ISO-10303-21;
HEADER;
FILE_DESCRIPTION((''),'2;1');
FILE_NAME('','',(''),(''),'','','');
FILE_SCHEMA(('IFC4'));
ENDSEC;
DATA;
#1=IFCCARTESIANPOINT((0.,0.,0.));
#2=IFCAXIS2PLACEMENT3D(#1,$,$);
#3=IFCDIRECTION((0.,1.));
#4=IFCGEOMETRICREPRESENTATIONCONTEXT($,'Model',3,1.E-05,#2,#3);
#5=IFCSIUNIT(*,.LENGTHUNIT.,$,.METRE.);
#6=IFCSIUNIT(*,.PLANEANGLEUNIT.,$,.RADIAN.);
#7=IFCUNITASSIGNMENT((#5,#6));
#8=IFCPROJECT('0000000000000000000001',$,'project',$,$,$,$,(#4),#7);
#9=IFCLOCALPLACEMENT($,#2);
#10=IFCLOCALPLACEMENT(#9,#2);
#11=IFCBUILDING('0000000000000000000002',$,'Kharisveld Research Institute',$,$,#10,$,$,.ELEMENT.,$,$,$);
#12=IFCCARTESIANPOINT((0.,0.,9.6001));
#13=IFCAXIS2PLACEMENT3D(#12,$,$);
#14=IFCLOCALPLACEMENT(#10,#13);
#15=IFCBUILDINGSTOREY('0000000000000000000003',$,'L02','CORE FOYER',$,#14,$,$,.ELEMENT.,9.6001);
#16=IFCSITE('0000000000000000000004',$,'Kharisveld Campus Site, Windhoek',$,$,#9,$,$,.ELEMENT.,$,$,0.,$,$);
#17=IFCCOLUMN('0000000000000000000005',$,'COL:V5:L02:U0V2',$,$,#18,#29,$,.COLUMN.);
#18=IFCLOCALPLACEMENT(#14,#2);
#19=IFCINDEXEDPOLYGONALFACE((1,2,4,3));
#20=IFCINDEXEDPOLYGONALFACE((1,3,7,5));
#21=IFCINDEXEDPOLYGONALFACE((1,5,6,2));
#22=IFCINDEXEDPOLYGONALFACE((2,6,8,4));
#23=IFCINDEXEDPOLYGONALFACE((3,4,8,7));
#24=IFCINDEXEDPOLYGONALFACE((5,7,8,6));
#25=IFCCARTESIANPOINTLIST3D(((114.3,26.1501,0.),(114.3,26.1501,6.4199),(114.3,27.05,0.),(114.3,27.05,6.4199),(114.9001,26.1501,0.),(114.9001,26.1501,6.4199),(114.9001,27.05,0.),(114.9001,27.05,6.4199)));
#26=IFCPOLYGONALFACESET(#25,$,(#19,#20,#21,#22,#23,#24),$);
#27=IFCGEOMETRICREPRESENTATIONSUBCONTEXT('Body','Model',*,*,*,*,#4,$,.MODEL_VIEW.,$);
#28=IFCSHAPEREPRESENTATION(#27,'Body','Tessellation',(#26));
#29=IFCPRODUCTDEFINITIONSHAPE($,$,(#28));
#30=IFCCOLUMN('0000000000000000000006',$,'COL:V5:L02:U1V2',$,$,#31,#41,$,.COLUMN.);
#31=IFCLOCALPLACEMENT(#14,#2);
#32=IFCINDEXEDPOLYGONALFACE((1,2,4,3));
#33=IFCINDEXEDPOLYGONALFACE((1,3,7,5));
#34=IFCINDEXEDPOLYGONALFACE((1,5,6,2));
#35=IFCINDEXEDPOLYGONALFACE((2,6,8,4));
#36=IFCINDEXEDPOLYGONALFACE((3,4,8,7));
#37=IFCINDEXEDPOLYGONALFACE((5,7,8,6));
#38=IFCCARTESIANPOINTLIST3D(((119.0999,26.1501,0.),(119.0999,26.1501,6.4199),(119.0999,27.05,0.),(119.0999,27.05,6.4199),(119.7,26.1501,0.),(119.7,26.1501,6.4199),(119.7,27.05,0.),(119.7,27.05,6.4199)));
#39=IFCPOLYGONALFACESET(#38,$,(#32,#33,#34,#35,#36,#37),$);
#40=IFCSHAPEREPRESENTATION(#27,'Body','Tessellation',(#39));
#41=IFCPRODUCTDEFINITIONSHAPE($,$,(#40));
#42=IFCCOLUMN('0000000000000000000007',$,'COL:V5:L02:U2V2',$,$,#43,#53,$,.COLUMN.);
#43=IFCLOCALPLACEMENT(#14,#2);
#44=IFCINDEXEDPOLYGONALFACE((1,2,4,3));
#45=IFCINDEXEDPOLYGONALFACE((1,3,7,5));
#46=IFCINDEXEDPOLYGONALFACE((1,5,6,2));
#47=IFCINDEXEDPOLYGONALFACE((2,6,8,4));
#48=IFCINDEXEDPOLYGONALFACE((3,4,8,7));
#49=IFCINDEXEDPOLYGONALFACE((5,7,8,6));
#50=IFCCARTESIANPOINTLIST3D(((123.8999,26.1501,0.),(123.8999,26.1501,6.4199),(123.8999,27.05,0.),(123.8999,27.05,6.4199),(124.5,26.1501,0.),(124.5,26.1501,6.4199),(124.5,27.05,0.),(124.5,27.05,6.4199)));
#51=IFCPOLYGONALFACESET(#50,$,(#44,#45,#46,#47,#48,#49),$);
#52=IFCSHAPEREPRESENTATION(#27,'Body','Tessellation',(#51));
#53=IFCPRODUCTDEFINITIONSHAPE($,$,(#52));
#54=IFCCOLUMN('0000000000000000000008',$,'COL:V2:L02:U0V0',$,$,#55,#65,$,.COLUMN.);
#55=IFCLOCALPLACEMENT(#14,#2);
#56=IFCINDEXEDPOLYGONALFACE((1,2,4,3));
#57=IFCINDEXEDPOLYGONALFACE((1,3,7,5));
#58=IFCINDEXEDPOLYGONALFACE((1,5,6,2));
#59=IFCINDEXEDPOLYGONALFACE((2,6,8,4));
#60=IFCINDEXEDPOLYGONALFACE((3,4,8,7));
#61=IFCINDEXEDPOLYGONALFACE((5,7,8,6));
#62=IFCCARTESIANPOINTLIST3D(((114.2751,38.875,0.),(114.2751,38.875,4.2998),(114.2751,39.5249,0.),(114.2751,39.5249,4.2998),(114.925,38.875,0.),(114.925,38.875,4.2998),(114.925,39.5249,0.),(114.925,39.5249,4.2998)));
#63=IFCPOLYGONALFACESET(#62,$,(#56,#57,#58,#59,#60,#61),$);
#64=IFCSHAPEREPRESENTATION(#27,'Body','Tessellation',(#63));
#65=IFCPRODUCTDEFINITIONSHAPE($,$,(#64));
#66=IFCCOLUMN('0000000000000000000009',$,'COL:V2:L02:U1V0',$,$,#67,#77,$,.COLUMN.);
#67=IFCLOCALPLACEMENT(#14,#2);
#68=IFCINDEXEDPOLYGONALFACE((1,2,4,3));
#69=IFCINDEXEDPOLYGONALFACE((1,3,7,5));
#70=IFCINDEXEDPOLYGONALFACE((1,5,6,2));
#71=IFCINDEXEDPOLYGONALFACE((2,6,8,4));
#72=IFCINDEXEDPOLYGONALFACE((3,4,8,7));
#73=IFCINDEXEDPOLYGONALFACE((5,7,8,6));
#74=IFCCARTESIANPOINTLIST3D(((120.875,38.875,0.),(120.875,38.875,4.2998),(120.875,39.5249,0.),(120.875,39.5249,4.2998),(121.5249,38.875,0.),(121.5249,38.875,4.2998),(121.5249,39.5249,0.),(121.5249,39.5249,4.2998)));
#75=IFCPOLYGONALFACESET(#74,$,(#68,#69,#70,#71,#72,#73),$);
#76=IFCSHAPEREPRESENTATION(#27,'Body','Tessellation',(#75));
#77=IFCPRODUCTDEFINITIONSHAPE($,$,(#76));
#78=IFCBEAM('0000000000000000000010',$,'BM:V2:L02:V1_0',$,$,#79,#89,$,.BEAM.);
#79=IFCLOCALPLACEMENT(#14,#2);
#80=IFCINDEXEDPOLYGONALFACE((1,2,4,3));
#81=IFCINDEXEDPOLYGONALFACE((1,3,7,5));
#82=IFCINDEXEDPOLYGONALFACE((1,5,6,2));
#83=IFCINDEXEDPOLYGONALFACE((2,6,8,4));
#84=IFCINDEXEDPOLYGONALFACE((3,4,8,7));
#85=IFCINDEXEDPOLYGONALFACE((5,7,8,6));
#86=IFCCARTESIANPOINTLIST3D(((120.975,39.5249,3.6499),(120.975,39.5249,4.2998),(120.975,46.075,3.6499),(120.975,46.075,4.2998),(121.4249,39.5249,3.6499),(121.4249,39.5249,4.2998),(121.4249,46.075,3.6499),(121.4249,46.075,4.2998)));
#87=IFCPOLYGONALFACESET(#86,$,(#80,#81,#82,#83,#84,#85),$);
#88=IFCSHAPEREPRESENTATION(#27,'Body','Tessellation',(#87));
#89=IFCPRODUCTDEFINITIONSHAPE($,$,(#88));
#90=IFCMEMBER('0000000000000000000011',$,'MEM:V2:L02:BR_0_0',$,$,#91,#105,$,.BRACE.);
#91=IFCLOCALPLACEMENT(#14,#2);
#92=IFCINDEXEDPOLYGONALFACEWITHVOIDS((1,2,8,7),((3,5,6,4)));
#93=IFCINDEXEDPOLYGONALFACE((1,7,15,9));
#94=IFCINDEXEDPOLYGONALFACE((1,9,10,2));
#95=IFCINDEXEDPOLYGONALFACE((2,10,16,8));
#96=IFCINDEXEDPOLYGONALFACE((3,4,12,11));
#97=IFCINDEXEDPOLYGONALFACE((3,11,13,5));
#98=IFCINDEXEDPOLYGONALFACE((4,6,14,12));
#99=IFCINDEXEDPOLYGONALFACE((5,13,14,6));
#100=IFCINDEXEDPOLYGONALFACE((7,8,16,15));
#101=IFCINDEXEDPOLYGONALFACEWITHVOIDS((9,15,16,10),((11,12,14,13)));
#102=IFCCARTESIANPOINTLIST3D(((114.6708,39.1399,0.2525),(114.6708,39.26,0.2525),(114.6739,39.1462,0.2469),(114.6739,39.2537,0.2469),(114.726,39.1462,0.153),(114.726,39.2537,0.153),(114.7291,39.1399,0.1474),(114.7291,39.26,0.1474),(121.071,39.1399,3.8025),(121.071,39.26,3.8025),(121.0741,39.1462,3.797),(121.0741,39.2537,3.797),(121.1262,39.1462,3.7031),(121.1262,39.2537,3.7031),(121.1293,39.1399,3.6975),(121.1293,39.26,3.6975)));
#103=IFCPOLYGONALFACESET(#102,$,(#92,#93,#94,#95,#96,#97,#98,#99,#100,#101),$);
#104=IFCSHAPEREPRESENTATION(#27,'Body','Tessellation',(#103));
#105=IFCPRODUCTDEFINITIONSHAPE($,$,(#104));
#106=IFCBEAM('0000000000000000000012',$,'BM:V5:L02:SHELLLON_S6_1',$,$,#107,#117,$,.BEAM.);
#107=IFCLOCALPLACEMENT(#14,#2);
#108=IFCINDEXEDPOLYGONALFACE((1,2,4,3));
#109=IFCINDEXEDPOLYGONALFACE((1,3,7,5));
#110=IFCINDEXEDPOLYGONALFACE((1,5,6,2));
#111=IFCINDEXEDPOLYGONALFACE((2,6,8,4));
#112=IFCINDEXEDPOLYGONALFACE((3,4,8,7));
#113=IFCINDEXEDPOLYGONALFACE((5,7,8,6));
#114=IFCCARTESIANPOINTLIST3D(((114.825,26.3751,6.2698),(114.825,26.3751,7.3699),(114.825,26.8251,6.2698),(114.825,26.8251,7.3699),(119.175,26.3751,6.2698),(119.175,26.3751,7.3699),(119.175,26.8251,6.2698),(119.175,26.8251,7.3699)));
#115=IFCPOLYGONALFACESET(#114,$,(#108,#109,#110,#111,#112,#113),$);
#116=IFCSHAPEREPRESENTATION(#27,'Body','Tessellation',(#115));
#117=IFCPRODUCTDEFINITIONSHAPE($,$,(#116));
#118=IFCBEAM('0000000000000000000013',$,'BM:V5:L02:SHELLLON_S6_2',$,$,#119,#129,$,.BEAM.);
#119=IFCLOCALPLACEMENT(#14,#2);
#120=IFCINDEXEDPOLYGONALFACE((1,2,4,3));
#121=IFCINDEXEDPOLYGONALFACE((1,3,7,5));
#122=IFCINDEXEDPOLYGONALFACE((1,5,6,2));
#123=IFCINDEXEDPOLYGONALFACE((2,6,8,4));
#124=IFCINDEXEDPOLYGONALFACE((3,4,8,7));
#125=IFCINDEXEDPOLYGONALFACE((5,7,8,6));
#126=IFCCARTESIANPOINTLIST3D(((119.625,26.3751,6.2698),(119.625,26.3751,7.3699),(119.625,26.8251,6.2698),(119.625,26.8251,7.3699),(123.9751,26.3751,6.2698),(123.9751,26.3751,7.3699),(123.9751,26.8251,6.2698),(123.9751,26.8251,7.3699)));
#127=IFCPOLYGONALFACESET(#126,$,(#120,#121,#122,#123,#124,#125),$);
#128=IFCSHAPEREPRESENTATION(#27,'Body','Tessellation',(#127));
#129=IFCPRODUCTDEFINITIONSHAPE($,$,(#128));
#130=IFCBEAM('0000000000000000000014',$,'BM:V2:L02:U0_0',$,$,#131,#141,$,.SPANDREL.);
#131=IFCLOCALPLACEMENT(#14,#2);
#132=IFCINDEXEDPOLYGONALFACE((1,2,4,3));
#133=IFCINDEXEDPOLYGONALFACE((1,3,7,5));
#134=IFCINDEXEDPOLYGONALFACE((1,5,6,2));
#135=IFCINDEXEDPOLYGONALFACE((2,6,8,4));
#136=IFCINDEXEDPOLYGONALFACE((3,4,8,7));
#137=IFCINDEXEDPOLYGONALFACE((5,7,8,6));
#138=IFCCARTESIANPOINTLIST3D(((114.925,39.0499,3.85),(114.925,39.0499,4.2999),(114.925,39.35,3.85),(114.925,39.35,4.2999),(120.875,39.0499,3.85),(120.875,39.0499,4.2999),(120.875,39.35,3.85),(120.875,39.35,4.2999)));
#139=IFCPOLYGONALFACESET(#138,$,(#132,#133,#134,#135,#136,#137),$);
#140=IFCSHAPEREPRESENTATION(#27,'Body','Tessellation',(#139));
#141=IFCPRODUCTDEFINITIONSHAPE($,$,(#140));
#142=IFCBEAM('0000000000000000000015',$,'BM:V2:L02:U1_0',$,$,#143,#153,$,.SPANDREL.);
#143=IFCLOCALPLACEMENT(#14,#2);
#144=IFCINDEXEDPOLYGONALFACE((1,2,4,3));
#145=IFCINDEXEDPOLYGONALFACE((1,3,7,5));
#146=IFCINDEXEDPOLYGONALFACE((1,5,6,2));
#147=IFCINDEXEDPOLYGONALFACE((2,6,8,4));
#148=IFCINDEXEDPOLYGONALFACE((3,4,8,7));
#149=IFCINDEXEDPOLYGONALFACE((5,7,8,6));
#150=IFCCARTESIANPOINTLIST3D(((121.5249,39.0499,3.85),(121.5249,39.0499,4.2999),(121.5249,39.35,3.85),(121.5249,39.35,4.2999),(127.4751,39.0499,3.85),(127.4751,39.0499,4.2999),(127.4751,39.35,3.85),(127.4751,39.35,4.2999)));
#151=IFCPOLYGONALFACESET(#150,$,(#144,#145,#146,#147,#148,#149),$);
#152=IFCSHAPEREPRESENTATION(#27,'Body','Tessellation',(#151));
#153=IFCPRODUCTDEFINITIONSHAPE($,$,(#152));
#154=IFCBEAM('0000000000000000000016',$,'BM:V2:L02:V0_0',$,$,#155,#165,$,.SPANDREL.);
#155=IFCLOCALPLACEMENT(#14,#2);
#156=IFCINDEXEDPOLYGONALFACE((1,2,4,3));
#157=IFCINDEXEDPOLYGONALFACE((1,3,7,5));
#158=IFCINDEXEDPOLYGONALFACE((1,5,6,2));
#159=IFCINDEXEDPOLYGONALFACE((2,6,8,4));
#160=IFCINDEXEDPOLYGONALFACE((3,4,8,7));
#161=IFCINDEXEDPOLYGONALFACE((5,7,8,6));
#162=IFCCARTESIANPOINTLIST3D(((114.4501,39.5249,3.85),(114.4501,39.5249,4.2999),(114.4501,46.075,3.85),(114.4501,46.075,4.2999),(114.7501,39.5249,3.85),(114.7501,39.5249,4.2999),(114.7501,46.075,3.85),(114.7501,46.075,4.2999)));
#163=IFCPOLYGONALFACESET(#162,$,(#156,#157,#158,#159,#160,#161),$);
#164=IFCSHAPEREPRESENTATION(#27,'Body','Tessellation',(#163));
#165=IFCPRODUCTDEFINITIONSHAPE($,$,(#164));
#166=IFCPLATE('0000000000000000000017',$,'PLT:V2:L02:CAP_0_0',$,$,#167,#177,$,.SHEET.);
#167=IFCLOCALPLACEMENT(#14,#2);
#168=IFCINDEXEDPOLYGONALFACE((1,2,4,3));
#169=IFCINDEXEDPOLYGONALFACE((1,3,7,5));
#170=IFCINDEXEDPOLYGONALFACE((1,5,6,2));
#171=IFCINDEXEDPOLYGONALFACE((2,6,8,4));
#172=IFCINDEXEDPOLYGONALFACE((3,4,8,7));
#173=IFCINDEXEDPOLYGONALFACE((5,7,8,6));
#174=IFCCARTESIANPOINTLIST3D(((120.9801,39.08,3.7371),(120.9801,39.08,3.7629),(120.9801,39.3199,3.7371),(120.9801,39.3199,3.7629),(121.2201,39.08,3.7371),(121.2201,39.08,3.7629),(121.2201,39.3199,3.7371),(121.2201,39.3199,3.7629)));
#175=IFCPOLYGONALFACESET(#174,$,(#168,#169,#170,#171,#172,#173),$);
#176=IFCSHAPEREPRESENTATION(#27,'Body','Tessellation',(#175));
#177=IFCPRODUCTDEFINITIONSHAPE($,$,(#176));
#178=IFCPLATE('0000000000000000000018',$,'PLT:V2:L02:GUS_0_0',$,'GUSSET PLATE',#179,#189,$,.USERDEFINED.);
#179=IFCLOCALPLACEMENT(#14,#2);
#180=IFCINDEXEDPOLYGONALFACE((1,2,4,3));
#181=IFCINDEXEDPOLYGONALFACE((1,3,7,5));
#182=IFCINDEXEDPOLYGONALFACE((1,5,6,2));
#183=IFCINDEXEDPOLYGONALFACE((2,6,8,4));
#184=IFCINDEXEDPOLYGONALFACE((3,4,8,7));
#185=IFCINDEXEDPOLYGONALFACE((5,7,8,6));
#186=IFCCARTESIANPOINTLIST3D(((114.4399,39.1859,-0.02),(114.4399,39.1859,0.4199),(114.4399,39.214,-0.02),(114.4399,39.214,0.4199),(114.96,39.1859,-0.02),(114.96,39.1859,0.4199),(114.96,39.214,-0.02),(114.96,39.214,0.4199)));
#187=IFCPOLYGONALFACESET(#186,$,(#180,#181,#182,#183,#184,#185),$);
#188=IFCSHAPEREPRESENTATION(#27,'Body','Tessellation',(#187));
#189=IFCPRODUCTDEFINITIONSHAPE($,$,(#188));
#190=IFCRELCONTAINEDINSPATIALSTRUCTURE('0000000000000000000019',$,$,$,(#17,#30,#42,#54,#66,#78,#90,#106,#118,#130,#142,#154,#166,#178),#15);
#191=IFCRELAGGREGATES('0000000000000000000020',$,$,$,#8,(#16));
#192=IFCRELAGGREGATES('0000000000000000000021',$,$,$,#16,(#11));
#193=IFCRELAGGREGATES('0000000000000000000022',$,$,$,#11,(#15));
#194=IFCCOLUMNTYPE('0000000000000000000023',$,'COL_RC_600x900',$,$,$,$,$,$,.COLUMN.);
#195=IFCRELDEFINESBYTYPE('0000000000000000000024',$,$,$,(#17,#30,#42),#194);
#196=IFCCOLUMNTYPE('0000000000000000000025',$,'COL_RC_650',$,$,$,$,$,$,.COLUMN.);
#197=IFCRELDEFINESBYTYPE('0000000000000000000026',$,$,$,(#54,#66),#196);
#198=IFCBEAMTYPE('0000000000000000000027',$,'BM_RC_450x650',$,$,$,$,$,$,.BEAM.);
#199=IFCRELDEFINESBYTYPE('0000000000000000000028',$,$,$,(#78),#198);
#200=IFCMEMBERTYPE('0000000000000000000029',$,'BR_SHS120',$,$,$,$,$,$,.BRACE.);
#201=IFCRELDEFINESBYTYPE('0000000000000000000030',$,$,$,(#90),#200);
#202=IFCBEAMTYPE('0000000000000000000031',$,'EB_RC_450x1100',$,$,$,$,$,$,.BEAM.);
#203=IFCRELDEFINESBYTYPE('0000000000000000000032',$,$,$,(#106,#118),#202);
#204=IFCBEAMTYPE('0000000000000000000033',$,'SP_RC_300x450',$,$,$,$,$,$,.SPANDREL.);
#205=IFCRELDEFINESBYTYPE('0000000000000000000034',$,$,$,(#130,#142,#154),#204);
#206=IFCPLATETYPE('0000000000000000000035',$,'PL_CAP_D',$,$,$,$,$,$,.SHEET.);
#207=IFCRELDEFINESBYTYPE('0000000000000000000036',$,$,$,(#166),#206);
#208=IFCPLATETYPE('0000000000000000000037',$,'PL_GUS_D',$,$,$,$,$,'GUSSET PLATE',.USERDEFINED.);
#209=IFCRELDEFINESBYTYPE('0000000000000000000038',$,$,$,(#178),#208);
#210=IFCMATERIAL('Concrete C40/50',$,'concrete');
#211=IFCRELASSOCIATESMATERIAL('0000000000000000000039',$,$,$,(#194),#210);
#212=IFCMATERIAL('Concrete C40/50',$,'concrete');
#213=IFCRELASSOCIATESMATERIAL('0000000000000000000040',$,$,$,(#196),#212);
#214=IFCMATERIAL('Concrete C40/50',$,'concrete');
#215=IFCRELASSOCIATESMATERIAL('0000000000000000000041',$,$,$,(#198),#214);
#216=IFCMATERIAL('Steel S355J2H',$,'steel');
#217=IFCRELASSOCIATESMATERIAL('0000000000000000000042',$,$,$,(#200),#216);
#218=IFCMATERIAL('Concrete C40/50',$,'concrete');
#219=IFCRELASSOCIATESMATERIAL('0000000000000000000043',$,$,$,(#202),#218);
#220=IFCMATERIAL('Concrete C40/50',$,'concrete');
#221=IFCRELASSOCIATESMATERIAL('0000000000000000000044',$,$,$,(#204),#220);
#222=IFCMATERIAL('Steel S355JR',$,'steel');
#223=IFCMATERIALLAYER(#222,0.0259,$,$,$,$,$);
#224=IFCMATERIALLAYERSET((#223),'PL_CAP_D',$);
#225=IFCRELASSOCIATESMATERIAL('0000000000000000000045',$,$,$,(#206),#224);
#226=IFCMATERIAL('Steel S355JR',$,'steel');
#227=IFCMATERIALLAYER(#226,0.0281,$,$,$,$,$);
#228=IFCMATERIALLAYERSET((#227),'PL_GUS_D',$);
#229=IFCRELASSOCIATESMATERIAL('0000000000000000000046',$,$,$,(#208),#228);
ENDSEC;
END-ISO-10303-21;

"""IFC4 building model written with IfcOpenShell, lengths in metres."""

from ifc_helpers import new_model, si_unit, direction, frame, origin, origin_2d, place, context, subcontext, project, spatial, rectangle, hollow_rectangle, extrude, material, layer, layer_set, material_profile, profile_set, type_object, element, save


model = new_model("IFC4")

# Units and contexts
model_context = context("Model", 3, precision=1e-05, world=origin(), true_north=direction((0.0, 1.0)))
body_context = subcontext(model_context, "Body", "Model", "MODEL_VIEW")
ifc_project = project(units=[si_unit("LENGTHUNIT", "METRE"), si_unit("PLANEANGLEUNIT", "RADIAN")], contexts=[model_context])

# Site, building, storey
site_placement = place(None, origin())
site = spatial("IfcSite", under=ifc_project, at=site_placement, Name="Kharisveld Campus Site, Windhoek", CompositionType="ELEMENT", RefElevation=0.0)
building_placement = place(site_placement, origin())
building = spatial("IfcBuilding", under=site, at=building_placement, Name="Kharisveld Research Institute", CompositionType="ELEMENT")
storey_placement = place(building_placement, frame((0.0, 0.0, 9.6001)))
storey = spatial("IfcBuildingStorey", under=building, at=storey_placement, Name="L02", Description="CORE FOYER", CompositionType="ELEMENT", Elevation=9.6001)

# Columns
ifc_material_1 = material(Name="Concrete C40/50", Category="concrete")
ifc_material_profile_1 = material_profile(ifc_material_1, rectangle(XDim=0.6001, YDim=0.8999, at=origin_2d()))
ifc_profile_set_1 = profile_set([ifc_material_profile_1], Name="Concrete C40/50")
column_type_1 = type_object("IfcColumnType", Name="COL_RC_600x900", PredefinedType="COLUMN", material=ifc_profile_set_1)
for number, where, z_axis, x_axis, name in (
    (1, (114.6001, 26.6001, 0.0), (0.0, 0.0, 1.0), (1.0, 0.0, 0.0), "COL:V5:L02:U0V2"),
    (2, (119.3999, 26.6001, 0.0), (0.0, 0.0, 1.0), (1.0, 0.0, 0.0), "COL:V5:L02:U1V2"),
    (3, (124.2, 26.6001, 0.0), (0.0, 0.0, 1.0), (1.0, 0.0, 0.0), "COL:V5:L02:U2V2"),
):
    element("IfcColumn", number, at=place(storey_placement, frame(where, z_axis=z_axis, x_axis=x_axis)), inside=storey, type_object=column_type_1, Name=name, PredefinedType="COLUMN", context=body_context, shape_type="SweptSolid", body=[
        extrude(rectangle(XDim=0.6001, YDim=0.8999, at=origin_2d()), origin(), (0.0, 0.0, 1.0), 6.4199),
    ])
ifc_material_2 = material(Name="Concrete C40/50", Category="concrete")
ifc_material_profile_2 = material_profile(ifc_material_2, rectangle(XDim=0.6499, YDim=0.6499, at=origin_2d()))
ifc_profile_set_2 = profile_set([ifc_material_profile_2], Name="Concrete C40/50")
column_type_2 = type_object("IfcColumnType", Name="COL_RC_650", PredefinedType="COLUMN", material=ifc_profile_set_2)
for number, where, z_axis, x_axis, name in (
    (4, (114.6001, 39.2, 0.0), (0.0, 0.0, 1.0), (1.0, 0.0, 0.0), "COL:V2:L02:U0V0"),
    (5, (121.2, 39.2, 0.0), (0.0, 0.0, 1.0), (1.0, 0.0, 0.0), "COL:V2:L02:U1V0"),
):
    element("IfcColumn", number, at=place(storey_placement, frame(where, z_axis=z_axis, x_axis=x_axis)), inside=storey, type_object=column_type_2, Name=name, PredefinedType="COLUMN", context=body_context, shape_type="SweptSolid", body=[
        extrude(rectangle(XDim=0.6499, YDim=0.6499, at=origin_2d()), origin(), (0.0, 0.0, 1.0), 4.2998),
    ])

# Beam
ifc_material_3 = material(Name="Concrete C40/50", Category="concrete")
ifc_material_profile_3 = material_profile(ifc_material_3, rectangle(XDim=0.45, YDim=0.6499, at=origin_2d()))
ifc_profile_set_3 = profile_set([ifc_material_profile_3], Name="Concrete C40/50")
beam_type_1 = type_object("IfcBeamType", Name="BM_RC_450x650", PredefinedType="BEAM", material=ifc_profile_set_3)
beam_1_placement = place(storey_placement, frame((121.2, 39.5249, 3.9749), z_axis=(0.0, 1.0, 0.0), x_axis=(-1.0, 0.0, 0.0)))
element("IfcBeam", 6, at=beam_1_placement, inside=storey, type_object=beam_type_1, Name="BM:V2:L02:V1_0", PredefinedType="BEAM", context=body_context, shape_type="SweptSolid", body=[
    extrude(rectangle(XDim=0.45, YDim=0.6499, at=origin_2d()), origin(), (0.0, 0.0, 1.0), 6.55),
])

# Member
ifc_material_4 = material(Name="Steel S355J2H", Category="steel")
ifc_material_profile_4 = material_profile(ifc_material_4, hollow_rectangle(XDim=0.1201, YDim=0.1201, WallThickness=0.0063, at=origin_2d()))
ifc_profile_set_4 = profile_set([ifc_material_profile_4], Name="Steel S355J2H")
member_type = type_object("IfcMemberType", Name="BR_SHS120", PredefinedType="BRACE", material=ifc_profile_set_4)
member_placement = place(storey_placement, frame((114.7, 39.2, 0.2), z_axis=(0.874481, 0.0, 0.485059), x_axis=(0.0, 1.0, 0.0)))
element("IfcMember", 7, at=member_placement, inside=storey, type_object=member_type, Name="MEM:V2:L02:BR_0_0", PredefinedType="BRACE", context=body_context, shape_type="SweptSolid", body=[
    extrude(hollow_rectangle(XDim=0.1201, YDim=0.1201, WallThickness=0.0063, at=origin_2d()), origin(), (0.0, 0.0, 1.0), 7.3188),
])

# Beams
ifc_material_5 = material(Name="Concrete C40/50", Category="concrete")
ifc_material_profile_5 = material_profile(ifc_material_5, rectangle(XDim=0.45, YDim=1.1001, at=origin_2d()))
ifc_profile_set_5 = profile_set([ifc_material_profile_5], Name="Concrete C40/50")
beam_type_2 = type_object("IfcBeamType", Name="EB_RC_450x1100", PredefinedType="BEAM", material=ifc_profile_set_5)
for number, where, z_axis, x_axis, name in (
    (8, (114.825, 26.6001, 6.8198), (1.0, 0.0, 0.0), (0.0, 1.0, 0.0), "BM:V5:L02:SHELLLON_S6_1"),
    (9, (119.625, 26.6001, 6.8198), (1.0, 0.0, 0.0), (0.0, 1.0, 0.0), "BM:V5:L02:SHELLLON_S6_2"),
):
    element("IfcBeam", number, at=place(storey_placement, frame(where, z_axis=z_axis, x_axis=x_axis)), inside=storey, type_object=beam_type_2, Name=name, PredefinedType="BEAM", context=body_context, shape_type="SweptSolid", body=[
        extrude(rectangle(XDim=0.45, YDim=1.1001, at=origin_2d()), origin(), (0.0, 0.0, 1.0), 4.3501),
    ])
ifc_material_6 = material(Name="Concrete C40/50", Category="concrete")
ifc_material_profile_6 = material_profile(ifc_material_6, rectangle(XDim=0.3, YDim=0.45, at=origin_2d()))
ifc_profile_set_6 = profile_set([ifc_material_profile_6], Name="Concrete C40/50")
beam_type_3 = type_object("IfcBeamType", Name="SP_RC_300x450", PredefinedType="SPANDREL", material=ifc_profile_set_6)
beam_2_placement = place(storey_placement, frame((114.925, 39.2, 4.075), z_axis=(1.0, 0.0, 0.0), x_axis=(0.0, 1.0, 0.0)))
element("IfcBeam", 10, at=beam_2_placement, inside=storey, type_object=beam_type_3, Name="BM:V2:L02:U0_0", PredefinedType="SPANDREL", context=body_context, shape_type="SweptSolid", body=[
    extrude(rectangle(XDim=0.3, YDim=0.45, at=origin_2d()), origin(), (0.0, 0.0, 1.0), 5.95),
])
beam_3_placement = place(storey_placement, frame((121.5249, 39.2, 4.075), z_axis=(1.0, 0.0, 0.0), x_axis=(0.0, 1.0, 0.0)))
element("IfcBeam", 11, at=beam_3_placement, inside=storey, type_object=beam_type_3, Name="BM:V2:L02:U1_0", PredefinedType="SPANDREL", context=body_context, shape_type="SweptSolid", body=[
    extrude(rectangle(XDim=0.3, YDim=0.45, at=origin_2d()), origin(), (0.0, 0.0, 1.0), 5.9502),
])
beam_4_placement = place(storey_placement, frame((114.6001, 39.5249, 4.075), z_axis=(0.0, 1.0, 0.0), x_axis=(-1.0, 0.0, 0.0)))
element("IfcBeam", 12, at=beam_4_placement, inside=storey, type_object=beam_type_3, Name="BM:V2:L02:V0_0", PredefinedType="SPANDREL", context=body_context, shape_type="SweptSolid", body=[
    extrude(rectangle(XDim=0.3, YDim=0.45, at=origin_2d()), origin(), (0.0, 0.0, 1.0), 6.55),
])

# Plates
ifc_material_7 = material(Name="Steel S355JR", Category="steel")
ifc_layer_1 = layer(ifc_material_7, 0.0259)
ifc_layer_set_1 = layer_set([ifc_layer_1], Name="PL_CAP_D")
plate_type_1 = type_object("IfcPlateType", Name="PL_CAP_D", PredefinedType="SHEET", material=ifc_layer_set_1)
plate_1_placement = place(storey_placement, frame((121.1001, 39.2, 3.7371), z_axis=(0.0, 0.0, 1.0), x_axis=(1.0, 0.0, 0.0)))
element("IfcPlate", 13, at=plate_1_placement, inside=storey, type_object=plate_type_1, Name="PLT:V2:L02:CAP_0_0", PredefinedType="SHEET", context=body_context, shape_type="SweptSolid", body=[
    extrude(rectangle(XDim=0.24, YDim=0.24, at=origin_2d()), origin(), (0.0, 0.0, 1.0), 0.0259),
])
ifc_material_8 = material(Name="Steel S355JR", Category="steel")
ifc_layer_2 = layer(ifc_material_8, 0.0281)
ifc_layer_set_2 = layer_set([ifc_layer_2], Name="PL_GUS_D")
plate_type_2 = type_object("IfcPlateType", Name="PL_GUS_D", ElementType="GUSSET PLATE", PredefinedType="USERDEFINED", material=ifc_layer_set_2)
plate_2_placement = place(storey_placement, frame((114.7, 39.2, -0.02), z_axis=(0.0, 0.0, 1.0), x_axis=(1.0, 0.0, 0.0)))
element("IfcPlate", 14, at=plate_2_placement, inside=storey, type_object=plate_type_2, Name="PLT:V2:L02:GUS_0_0", ObjectType="GUSSET PLATE", PredefinedType="USERDEFINED", context=body_context, shape_type="SweptSolid", body=[
    extrude(rectangle(XDim=0.52, YDim=0.0281, at=origin_2d()), origin(), (0.0, 0.0, 1.0), 0.4399),
])

save(model, "model.ifc")
